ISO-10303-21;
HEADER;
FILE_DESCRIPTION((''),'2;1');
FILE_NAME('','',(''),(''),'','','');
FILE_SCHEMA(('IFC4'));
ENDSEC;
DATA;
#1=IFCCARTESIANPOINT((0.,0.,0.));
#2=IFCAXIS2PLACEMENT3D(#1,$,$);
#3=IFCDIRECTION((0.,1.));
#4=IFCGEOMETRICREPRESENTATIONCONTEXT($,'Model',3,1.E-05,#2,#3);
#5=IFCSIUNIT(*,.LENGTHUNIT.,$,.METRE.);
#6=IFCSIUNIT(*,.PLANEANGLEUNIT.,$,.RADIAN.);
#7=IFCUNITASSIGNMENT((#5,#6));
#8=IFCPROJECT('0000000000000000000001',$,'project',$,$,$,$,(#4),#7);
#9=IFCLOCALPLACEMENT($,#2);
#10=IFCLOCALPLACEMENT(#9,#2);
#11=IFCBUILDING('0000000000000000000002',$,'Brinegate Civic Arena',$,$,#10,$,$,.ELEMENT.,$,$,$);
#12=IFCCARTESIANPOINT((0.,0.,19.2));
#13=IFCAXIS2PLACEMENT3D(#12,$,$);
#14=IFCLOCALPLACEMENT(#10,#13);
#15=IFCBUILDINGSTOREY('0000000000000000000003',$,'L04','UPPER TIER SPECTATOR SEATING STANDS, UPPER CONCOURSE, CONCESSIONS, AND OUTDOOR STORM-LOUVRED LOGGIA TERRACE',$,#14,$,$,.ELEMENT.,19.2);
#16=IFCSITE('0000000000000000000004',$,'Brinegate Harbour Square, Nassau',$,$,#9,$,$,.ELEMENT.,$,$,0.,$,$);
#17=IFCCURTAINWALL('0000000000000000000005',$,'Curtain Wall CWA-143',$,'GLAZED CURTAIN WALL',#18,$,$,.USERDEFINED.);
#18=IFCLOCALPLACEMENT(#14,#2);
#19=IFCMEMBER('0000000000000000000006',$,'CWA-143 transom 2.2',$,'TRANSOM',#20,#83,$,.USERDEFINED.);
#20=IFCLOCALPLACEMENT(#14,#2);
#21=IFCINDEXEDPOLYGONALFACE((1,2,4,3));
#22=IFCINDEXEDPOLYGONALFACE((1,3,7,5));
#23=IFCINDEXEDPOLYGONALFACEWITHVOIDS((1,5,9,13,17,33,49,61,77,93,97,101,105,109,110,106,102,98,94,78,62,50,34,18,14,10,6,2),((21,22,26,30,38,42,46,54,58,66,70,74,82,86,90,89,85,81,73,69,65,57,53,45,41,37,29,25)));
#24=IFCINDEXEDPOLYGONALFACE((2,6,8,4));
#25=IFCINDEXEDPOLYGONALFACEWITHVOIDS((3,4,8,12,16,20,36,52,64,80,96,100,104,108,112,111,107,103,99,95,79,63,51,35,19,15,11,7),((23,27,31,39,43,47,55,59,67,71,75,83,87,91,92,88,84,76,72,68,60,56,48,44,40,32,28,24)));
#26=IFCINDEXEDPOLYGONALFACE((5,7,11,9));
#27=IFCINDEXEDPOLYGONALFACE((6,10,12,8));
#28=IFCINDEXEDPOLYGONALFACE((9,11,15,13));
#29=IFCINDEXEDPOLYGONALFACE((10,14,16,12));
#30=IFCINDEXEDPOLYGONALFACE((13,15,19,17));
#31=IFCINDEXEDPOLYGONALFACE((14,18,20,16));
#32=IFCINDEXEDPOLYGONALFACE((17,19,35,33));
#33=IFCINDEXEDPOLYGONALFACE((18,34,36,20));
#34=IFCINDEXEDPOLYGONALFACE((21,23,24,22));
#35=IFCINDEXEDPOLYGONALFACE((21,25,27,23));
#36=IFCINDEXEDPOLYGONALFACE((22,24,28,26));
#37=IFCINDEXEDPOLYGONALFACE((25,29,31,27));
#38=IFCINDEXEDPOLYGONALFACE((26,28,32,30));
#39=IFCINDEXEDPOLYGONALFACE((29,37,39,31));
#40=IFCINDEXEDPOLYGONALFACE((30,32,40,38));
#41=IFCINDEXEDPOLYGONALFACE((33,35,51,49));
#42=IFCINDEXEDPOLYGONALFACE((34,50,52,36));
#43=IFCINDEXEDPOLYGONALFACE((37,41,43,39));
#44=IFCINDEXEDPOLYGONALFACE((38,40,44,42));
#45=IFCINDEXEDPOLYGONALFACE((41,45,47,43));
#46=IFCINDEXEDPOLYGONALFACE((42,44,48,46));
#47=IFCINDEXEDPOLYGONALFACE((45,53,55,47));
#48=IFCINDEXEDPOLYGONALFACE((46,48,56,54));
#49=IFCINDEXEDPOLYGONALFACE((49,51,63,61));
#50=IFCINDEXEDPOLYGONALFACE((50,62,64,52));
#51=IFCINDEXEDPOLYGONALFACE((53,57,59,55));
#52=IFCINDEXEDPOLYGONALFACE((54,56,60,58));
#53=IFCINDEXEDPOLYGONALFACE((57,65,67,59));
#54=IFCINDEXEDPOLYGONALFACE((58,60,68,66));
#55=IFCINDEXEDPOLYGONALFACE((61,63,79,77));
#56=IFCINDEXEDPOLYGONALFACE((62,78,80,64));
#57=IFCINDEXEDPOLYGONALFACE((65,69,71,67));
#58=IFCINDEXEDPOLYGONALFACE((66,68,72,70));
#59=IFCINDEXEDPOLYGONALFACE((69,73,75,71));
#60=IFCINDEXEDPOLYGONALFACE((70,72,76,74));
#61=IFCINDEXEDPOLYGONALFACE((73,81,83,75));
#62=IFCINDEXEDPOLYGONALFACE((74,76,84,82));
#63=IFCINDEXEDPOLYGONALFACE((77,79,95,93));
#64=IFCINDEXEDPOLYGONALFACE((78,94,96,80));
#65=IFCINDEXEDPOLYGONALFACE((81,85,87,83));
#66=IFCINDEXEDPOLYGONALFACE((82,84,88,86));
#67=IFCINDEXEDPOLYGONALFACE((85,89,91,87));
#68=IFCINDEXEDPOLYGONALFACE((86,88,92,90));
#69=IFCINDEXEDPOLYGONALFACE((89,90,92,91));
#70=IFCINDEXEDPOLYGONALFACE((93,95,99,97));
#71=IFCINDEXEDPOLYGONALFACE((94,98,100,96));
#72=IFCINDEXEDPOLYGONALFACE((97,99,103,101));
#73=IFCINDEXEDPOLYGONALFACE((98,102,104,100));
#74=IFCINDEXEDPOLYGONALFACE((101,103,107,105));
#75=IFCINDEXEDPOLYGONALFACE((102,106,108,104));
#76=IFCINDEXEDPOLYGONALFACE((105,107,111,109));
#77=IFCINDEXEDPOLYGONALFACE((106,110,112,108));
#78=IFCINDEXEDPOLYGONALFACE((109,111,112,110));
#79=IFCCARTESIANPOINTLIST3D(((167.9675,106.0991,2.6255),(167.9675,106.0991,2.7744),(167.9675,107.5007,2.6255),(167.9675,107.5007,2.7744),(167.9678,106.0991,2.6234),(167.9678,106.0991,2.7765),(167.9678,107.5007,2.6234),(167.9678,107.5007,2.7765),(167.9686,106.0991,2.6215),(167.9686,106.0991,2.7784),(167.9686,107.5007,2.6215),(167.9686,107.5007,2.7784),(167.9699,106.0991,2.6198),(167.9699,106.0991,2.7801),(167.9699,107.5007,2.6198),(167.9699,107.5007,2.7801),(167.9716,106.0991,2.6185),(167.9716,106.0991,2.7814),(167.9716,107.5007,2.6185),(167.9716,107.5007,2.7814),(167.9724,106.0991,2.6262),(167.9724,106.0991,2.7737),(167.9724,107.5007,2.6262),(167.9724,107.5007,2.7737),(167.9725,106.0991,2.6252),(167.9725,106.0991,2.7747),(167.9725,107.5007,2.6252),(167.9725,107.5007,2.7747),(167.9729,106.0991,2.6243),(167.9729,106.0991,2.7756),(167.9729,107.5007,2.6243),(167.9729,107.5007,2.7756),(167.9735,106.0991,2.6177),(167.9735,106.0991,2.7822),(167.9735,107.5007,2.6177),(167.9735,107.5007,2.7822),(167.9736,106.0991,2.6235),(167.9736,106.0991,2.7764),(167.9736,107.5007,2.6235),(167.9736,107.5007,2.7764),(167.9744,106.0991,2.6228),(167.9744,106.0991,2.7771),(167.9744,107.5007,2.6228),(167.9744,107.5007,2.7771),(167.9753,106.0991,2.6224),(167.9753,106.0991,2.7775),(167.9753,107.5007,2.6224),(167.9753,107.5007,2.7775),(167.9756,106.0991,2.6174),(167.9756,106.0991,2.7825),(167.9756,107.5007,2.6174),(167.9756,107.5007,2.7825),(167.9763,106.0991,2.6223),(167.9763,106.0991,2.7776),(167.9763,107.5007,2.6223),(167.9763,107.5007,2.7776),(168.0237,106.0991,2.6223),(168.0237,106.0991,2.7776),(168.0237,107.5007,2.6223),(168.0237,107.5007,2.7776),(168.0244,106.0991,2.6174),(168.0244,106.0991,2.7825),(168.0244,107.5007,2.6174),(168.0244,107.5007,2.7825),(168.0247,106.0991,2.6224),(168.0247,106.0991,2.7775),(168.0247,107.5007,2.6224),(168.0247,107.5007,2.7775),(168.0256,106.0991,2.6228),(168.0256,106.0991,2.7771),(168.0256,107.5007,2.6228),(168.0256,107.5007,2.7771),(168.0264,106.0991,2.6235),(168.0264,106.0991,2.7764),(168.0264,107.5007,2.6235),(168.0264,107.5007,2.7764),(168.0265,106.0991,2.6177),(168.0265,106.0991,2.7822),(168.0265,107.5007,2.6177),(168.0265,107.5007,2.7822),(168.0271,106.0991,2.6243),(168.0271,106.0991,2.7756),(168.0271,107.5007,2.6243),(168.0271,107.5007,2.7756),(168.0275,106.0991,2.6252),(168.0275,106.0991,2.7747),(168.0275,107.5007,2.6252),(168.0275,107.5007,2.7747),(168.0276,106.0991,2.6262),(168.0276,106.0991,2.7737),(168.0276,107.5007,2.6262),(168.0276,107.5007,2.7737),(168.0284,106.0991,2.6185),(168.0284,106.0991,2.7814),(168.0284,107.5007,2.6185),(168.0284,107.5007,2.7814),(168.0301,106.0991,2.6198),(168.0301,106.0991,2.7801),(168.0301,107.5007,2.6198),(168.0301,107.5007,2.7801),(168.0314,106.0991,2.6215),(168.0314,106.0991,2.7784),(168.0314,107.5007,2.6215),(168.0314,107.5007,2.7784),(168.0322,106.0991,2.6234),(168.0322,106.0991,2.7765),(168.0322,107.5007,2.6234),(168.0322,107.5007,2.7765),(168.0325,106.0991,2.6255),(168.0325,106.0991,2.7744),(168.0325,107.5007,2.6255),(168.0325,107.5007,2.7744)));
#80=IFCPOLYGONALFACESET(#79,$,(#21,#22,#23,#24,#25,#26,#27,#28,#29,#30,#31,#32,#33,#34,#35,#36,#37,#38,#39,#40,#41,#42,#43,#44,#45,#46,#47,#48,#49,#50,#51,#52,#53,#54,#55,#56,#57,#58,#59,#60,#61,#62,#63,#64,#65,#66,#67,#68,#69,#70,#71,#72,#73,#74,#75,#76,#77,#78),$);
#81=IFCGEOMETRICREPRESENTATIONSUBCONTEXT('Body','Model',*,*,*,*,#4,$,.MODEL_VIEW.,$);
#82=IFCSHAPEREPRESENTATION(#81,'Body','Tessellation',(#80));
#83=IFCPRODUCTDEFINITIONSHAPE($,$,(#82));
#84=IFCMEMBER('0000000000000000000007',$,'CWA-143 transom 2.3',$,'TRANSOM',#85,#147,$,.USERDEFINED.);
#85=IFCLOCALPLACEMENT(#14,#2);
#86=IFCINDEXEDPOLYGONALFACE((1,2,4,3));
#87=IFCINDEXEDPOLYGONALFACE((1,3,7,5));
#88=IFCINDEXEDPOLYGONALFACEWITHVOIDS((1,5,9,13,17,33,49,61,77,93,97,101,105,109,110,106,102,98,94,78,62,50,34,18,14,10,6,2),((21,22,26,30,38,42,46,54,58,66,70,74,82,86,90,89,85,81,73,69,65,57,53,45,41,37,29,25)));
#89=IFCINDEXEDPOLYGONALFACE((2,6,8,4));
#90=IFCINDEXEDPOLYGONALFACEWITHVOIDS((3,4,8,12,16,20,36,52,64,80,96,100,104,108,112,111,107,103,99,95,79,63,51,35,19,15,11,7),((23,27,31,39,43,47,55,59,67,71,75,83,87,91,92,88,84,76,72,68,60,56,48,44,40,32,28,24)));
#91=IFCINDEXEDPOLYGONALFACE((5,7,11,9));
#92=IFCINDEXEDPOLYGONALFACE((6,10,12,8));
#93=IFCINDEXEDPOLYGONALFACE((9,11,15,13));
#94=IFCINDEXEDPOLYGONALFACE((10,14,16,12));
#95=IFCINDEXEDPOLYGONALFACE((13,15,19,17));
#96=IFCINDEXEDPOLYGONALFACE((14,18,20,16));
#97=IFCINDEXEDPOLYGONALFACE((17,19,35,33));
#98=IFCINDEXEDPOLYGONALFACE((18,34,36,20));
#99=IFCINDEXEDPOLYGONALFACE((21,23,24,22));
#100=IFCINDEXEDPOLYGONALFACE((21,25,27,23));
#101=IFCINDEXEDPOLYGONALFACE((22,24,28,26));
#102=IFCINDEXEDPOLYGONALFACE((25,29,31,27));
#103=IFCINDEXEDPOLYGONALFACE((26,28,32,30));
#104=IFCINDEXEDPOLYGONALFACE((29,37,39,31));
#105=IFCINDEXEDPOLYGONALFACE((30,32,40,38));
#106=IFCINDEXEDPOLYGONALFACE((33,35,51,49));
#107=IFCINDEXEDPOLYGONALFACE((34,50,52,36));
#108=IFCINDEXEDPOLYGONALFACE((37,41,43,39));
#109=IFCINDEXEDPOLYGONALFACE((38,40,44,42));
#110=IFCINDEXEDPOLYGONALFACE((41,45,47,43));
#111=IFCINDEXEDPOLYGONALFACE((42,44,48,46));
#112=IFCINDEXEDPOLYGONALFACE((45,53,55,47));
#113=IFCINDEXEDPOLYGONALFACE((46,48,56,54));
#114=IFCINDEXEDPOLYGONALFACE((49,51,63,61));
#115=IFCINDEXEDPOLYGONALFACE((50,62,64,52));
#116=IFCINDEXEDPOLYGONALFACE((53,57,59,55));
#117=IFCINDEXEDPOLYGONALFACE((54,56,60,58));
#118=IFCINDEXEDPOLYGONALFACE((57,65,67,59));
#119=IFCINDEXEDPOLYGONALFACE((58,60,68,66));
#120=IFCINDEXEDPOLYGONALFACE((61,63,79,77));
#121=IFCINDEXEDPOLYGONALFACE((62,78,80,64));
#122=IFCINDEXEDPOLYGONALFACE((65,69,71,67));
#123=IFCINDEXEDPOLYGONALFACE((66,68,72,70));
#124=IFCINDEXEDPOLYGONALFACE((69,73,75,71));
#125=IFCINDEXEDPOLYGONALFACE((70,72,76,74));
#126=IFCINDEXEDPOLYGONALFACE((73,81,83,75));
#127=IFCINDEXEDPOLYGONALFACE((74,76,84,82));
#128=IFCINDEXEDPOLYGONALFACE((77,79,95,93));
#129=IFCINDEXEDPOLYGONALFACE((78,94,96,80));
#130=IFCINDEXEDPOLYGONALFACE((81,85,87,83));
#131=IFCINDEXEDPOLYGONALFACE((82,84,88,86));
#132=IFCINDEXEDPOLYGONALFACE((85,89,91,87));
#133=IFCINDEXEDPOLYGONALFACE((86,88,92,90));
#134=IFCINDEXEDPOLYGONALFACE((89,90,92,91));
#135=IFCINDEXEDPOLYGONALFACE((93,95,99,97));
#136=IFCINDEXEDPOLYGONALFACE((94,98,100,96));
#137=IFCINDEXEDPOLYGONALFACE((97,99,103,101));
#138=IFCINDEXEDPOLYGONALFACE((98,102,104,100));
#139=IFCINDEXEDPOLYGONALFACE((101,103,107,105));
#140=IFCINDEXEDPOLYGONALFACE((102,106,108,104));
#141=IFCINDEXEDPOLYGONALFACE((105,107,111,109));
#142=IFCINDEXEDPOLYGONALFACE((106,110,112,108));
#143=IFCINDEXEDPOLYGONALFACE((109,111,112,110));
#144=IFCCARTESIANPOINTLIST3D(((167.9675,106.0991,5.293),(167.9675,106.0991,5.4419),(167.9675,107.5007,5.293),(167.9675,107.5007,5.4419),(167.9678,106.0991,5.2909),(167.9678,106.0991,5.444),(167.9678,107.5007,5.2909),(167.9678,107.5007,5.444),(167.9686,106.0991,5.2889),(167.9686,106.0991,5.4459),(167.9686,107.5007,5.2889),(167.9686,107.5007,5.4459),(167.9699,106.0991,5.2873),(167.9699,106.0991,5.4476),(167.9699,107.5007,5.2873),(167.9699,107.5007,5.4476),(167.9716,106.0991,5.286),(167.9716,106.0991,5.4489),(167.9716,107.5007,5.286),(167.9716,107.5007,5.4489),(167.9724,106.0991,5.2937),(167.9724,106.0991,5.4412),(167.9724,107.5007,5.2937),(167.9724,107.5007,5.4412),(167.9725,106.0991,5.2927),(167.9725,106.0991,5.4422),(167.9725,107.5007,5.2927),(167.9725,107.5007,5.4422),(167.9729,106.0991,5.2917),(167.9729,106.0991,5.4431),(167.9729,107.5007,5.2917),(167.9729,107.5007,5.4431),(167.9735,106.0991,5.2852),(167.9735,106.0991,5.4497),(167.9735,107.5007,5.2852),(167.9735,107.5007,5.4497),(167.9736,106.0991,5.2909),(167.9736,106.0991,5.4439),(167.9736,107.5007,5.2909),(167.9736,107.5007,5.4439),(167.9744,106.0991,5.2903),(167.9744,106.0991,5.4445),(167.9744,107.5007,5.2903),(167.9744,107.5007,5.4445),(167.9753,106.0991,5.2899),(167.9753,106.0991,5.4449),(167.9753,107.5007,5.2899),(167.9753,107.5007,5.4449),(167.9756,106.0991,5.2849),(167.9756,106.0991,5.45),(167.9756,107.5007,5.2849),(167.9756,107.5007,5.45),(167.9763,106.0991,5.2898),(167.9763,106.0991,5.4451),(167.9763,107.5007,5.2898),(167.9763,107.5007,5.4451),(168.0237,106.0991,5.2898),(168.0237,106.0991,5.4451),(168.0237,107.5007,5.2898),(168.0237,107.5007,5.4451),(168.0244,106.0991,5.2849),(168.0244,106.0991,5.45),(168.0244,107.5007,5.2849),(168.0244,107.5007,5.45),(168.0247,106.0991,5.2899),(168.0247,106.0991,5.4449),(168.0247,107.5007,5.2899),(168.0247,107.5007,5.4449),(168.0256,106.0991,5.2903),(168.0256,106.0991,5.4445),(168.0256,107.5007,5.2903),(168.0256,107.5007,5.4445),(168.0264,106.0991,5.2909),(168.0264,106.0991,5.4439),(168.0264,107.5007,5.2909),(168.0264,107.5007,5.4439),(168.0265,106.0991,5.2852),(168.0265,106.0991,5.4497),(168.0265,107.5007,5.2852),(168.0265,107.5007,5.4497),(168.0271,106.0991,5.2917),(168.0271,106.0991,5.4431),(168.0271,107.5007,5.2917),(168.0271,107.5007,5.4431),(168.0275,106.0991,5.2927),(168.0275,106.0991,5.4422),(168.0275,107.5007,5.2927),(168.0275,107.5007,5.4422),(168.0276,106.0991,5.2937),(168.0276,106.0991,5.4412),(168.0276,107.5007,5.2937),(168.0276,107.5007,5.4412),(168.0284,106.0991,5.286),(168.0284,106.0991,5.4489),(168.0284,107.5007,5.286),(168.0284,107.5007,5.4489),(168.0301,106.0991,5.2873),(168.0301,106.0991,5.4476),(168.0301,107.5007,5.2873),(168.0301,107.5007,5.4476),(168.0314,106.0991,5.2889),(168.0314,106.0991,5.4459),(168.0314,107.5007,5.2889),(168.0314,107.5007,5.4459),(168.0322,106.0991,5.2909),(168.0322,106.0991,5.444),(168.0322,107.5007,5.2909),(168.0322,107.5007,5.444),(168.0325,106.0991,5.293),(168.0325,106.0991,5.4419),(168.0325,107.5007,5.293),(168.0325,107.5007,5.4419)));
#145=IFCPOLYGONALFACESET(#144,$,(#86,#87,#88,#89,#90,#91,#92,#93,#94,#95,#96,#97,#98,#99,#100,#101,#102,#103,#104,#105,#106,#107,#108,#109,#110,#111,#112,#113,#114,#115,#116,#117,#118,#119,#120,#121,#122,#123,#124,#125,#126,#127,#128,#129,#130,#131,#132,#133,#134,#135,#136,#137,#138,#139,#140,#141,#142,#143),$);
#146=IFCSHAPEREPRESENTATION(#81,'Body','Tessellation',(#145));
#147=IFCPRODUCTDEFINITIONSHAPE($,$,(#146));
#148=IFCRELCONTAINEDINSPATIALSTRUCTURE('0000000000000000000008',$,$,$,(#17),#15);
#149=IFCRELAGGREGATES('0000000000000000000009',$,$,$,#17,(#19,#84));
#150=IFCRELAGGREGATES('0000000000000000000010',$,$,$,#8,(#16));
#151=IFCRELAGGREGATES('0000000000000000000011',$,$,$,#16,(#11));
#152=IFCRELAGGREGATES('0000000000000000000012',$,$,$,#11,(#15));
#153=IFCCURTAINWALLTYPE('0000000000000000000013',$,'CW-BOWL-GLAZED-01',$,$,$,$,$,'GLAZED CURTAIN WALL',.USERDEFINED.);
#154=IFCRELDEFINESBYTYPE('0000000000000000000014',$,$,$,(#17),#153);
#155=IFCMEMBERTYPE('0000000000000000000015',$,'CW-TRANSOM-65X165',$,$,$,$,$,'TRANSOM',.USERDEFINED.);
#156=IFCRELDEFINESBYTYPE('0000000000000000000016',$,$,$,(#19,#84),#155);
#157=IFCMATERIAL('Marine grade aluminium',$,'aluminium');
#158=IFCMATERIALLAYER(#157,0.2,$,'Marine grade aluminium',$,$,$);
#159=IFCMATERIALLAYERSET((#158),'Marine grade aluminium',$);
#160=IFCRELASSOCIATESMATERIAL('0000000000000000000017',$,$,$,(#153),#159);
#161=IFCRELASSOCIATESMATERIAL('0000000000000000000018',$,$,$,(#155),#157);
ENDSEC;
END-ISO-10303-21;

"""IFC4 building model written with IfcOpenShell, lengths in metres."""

from ifc_helpers import new_model, si_unit, direction, frame, origin, origin_2d, place, context, subcontext, project, spatial, hollow_rectangle, extrude, material, layer, layer_set, material_profile, profile_set, type_object, element, aggregate, save


model = new_model("IFC4")

# Units and contexts
model_context = context("Model", 3, precision=1e-05, world=origin(), true_north=direction((0.0, 1.0)))
body_context = subcontext(model_context, "Body", "Model", "MODEL_VIEW")
ifc_project = project(units=[si_unit("LENGTHUNIT", "METRE"), si_unit("PLANEANGLEUNIT", "RADIAN")], contexts=[model_context])

# Site, building, storey
site_placement = place(None, origin())
site = spatial("IfcSite", under=ifc_project, at=site_placement, Name="Brinegate Harbour Square, Nassau", CompositionType="ELEMENT", RefElevation=0.0)
building_placement = place(site_placement, origin())
building = spatial("IfcBuilding", under=site, at=building_placement, Name="Brinegate Civic Arena", CompositionType="ELEMENT")
storey_placement = place(building_placement, frame((0.0, 0.0, 19.2)))
storey = spatial("IfcBuildingStorey", under=building, at=storey_placement, Name="L04", Description="UPPER TIER SPECTATOR SEATING STANDS, UPPER CONCOURSE, CONCESSIONS, AND OUTDOOR STORM-LOUVRED LOGGIA TERRACE", CompositionType="ELEMENT", Elevation=19.2)

# Shared definitions
ifc_material_1 = material(Name="Marine grade aluminium", Category="aluminium")
ifc_layer_1 = layer(ifc_material_1, 0.2, Name="Marine grade aluminium")
ifc_layer_set_1 = layer_set([ifc_layer_1], Name="Marine grade aluminium")
curtain_wall_type = type_object("IfcCurtainWallType", Name="CW-BOWL-GLAZED-01", ElementType="GLAZED CURTAIN WALL", PredefinedType="USERDEFINED", material=ifc_layer_set_1)

# Curtain wall, members
curtain_wall_1_placement = place(storey_placement, origin())
curtain_wall_1 = element("IfcCurtainWall", 1, at=curtain_wall_1_placement, inside=storey, type_object=curtain_wall_type, Name="Curtain Wall CWA-143", ObjectType="GLAZED CURTAIN WALL", PredefinedType="USERDEFINED")
ifc_material_profile_1 = material_profile(ifc_material_1, hollow_rectangle(XDim=0.0649, YDim=0.165, WallThickness=0.0049, InnerFilletRadius=0.0039, OuterFilletRadius=0.0081, at=origin_2d()), Name="TRN65X165")
ifc_profile_set_1 = profile_set([ifc_material_profile_1], Name="Marine grade aluminium")
member_type_1 = type_object("IfcMemberType", Name="CW-TRANSOM-65X165", ElementType="TRANSOM", PredefinedType="USERDEFINED", material=ifc_profile_set_1)
member_1_placement = place(storey_placement, frame((168.0, 106.0991, 2.7), z_axis=(0.0, 1.0, 0.0), x_axis=(-1.0, 0.0, 0.0)))
member_1 = element("IfcMember", 2, at=member_1_placement, type_object=member_type_1, Name="CWA-143 transom 2.2", ObjectType="TRANSOM", PredefinedType="USERDEFINED", context=body_context, shape_type="SweptSolid", body=[
    extrude(hollow_rectangle(XDim=0.0649, YDim=0.165, WallThickness=0.0049, InnerFilletRadius=0.0039, OuterFilletRadius=0.0081, at=origin_2d()), origin(), (0.0, 0.0, 1.0), 1.4016),
])
member_2_placement = place(storey_placement, frame((168.0, 106.0991, 5.3674), z_axis=(0.0, 1.0, 0.0), x_axis=(-1.0, 0.0, 0.0)))
member_2 = element("IfcMember", 3, at=member_2_placement, type_object=member_type_1, Name="CWA-143 transom 2.3", ObjectType="TRANSOM", PredefinedType="USERDEFINED", context=body_context, shape_type="SweptSolid", body=[
    extrude(hollow_rectangle(XDim=0.0649, YDim=0.165, WallThickness=0.0049, InnerFilletRadius=0.0039, OuterFilletRadius=0.0081, at=origin_2d()), origin(), (0.0, 0.0, 1.0), 1.4016),
])

aggregate(curtain_wall_1, [member_1, member_2])

save(model, "model.ifc")
